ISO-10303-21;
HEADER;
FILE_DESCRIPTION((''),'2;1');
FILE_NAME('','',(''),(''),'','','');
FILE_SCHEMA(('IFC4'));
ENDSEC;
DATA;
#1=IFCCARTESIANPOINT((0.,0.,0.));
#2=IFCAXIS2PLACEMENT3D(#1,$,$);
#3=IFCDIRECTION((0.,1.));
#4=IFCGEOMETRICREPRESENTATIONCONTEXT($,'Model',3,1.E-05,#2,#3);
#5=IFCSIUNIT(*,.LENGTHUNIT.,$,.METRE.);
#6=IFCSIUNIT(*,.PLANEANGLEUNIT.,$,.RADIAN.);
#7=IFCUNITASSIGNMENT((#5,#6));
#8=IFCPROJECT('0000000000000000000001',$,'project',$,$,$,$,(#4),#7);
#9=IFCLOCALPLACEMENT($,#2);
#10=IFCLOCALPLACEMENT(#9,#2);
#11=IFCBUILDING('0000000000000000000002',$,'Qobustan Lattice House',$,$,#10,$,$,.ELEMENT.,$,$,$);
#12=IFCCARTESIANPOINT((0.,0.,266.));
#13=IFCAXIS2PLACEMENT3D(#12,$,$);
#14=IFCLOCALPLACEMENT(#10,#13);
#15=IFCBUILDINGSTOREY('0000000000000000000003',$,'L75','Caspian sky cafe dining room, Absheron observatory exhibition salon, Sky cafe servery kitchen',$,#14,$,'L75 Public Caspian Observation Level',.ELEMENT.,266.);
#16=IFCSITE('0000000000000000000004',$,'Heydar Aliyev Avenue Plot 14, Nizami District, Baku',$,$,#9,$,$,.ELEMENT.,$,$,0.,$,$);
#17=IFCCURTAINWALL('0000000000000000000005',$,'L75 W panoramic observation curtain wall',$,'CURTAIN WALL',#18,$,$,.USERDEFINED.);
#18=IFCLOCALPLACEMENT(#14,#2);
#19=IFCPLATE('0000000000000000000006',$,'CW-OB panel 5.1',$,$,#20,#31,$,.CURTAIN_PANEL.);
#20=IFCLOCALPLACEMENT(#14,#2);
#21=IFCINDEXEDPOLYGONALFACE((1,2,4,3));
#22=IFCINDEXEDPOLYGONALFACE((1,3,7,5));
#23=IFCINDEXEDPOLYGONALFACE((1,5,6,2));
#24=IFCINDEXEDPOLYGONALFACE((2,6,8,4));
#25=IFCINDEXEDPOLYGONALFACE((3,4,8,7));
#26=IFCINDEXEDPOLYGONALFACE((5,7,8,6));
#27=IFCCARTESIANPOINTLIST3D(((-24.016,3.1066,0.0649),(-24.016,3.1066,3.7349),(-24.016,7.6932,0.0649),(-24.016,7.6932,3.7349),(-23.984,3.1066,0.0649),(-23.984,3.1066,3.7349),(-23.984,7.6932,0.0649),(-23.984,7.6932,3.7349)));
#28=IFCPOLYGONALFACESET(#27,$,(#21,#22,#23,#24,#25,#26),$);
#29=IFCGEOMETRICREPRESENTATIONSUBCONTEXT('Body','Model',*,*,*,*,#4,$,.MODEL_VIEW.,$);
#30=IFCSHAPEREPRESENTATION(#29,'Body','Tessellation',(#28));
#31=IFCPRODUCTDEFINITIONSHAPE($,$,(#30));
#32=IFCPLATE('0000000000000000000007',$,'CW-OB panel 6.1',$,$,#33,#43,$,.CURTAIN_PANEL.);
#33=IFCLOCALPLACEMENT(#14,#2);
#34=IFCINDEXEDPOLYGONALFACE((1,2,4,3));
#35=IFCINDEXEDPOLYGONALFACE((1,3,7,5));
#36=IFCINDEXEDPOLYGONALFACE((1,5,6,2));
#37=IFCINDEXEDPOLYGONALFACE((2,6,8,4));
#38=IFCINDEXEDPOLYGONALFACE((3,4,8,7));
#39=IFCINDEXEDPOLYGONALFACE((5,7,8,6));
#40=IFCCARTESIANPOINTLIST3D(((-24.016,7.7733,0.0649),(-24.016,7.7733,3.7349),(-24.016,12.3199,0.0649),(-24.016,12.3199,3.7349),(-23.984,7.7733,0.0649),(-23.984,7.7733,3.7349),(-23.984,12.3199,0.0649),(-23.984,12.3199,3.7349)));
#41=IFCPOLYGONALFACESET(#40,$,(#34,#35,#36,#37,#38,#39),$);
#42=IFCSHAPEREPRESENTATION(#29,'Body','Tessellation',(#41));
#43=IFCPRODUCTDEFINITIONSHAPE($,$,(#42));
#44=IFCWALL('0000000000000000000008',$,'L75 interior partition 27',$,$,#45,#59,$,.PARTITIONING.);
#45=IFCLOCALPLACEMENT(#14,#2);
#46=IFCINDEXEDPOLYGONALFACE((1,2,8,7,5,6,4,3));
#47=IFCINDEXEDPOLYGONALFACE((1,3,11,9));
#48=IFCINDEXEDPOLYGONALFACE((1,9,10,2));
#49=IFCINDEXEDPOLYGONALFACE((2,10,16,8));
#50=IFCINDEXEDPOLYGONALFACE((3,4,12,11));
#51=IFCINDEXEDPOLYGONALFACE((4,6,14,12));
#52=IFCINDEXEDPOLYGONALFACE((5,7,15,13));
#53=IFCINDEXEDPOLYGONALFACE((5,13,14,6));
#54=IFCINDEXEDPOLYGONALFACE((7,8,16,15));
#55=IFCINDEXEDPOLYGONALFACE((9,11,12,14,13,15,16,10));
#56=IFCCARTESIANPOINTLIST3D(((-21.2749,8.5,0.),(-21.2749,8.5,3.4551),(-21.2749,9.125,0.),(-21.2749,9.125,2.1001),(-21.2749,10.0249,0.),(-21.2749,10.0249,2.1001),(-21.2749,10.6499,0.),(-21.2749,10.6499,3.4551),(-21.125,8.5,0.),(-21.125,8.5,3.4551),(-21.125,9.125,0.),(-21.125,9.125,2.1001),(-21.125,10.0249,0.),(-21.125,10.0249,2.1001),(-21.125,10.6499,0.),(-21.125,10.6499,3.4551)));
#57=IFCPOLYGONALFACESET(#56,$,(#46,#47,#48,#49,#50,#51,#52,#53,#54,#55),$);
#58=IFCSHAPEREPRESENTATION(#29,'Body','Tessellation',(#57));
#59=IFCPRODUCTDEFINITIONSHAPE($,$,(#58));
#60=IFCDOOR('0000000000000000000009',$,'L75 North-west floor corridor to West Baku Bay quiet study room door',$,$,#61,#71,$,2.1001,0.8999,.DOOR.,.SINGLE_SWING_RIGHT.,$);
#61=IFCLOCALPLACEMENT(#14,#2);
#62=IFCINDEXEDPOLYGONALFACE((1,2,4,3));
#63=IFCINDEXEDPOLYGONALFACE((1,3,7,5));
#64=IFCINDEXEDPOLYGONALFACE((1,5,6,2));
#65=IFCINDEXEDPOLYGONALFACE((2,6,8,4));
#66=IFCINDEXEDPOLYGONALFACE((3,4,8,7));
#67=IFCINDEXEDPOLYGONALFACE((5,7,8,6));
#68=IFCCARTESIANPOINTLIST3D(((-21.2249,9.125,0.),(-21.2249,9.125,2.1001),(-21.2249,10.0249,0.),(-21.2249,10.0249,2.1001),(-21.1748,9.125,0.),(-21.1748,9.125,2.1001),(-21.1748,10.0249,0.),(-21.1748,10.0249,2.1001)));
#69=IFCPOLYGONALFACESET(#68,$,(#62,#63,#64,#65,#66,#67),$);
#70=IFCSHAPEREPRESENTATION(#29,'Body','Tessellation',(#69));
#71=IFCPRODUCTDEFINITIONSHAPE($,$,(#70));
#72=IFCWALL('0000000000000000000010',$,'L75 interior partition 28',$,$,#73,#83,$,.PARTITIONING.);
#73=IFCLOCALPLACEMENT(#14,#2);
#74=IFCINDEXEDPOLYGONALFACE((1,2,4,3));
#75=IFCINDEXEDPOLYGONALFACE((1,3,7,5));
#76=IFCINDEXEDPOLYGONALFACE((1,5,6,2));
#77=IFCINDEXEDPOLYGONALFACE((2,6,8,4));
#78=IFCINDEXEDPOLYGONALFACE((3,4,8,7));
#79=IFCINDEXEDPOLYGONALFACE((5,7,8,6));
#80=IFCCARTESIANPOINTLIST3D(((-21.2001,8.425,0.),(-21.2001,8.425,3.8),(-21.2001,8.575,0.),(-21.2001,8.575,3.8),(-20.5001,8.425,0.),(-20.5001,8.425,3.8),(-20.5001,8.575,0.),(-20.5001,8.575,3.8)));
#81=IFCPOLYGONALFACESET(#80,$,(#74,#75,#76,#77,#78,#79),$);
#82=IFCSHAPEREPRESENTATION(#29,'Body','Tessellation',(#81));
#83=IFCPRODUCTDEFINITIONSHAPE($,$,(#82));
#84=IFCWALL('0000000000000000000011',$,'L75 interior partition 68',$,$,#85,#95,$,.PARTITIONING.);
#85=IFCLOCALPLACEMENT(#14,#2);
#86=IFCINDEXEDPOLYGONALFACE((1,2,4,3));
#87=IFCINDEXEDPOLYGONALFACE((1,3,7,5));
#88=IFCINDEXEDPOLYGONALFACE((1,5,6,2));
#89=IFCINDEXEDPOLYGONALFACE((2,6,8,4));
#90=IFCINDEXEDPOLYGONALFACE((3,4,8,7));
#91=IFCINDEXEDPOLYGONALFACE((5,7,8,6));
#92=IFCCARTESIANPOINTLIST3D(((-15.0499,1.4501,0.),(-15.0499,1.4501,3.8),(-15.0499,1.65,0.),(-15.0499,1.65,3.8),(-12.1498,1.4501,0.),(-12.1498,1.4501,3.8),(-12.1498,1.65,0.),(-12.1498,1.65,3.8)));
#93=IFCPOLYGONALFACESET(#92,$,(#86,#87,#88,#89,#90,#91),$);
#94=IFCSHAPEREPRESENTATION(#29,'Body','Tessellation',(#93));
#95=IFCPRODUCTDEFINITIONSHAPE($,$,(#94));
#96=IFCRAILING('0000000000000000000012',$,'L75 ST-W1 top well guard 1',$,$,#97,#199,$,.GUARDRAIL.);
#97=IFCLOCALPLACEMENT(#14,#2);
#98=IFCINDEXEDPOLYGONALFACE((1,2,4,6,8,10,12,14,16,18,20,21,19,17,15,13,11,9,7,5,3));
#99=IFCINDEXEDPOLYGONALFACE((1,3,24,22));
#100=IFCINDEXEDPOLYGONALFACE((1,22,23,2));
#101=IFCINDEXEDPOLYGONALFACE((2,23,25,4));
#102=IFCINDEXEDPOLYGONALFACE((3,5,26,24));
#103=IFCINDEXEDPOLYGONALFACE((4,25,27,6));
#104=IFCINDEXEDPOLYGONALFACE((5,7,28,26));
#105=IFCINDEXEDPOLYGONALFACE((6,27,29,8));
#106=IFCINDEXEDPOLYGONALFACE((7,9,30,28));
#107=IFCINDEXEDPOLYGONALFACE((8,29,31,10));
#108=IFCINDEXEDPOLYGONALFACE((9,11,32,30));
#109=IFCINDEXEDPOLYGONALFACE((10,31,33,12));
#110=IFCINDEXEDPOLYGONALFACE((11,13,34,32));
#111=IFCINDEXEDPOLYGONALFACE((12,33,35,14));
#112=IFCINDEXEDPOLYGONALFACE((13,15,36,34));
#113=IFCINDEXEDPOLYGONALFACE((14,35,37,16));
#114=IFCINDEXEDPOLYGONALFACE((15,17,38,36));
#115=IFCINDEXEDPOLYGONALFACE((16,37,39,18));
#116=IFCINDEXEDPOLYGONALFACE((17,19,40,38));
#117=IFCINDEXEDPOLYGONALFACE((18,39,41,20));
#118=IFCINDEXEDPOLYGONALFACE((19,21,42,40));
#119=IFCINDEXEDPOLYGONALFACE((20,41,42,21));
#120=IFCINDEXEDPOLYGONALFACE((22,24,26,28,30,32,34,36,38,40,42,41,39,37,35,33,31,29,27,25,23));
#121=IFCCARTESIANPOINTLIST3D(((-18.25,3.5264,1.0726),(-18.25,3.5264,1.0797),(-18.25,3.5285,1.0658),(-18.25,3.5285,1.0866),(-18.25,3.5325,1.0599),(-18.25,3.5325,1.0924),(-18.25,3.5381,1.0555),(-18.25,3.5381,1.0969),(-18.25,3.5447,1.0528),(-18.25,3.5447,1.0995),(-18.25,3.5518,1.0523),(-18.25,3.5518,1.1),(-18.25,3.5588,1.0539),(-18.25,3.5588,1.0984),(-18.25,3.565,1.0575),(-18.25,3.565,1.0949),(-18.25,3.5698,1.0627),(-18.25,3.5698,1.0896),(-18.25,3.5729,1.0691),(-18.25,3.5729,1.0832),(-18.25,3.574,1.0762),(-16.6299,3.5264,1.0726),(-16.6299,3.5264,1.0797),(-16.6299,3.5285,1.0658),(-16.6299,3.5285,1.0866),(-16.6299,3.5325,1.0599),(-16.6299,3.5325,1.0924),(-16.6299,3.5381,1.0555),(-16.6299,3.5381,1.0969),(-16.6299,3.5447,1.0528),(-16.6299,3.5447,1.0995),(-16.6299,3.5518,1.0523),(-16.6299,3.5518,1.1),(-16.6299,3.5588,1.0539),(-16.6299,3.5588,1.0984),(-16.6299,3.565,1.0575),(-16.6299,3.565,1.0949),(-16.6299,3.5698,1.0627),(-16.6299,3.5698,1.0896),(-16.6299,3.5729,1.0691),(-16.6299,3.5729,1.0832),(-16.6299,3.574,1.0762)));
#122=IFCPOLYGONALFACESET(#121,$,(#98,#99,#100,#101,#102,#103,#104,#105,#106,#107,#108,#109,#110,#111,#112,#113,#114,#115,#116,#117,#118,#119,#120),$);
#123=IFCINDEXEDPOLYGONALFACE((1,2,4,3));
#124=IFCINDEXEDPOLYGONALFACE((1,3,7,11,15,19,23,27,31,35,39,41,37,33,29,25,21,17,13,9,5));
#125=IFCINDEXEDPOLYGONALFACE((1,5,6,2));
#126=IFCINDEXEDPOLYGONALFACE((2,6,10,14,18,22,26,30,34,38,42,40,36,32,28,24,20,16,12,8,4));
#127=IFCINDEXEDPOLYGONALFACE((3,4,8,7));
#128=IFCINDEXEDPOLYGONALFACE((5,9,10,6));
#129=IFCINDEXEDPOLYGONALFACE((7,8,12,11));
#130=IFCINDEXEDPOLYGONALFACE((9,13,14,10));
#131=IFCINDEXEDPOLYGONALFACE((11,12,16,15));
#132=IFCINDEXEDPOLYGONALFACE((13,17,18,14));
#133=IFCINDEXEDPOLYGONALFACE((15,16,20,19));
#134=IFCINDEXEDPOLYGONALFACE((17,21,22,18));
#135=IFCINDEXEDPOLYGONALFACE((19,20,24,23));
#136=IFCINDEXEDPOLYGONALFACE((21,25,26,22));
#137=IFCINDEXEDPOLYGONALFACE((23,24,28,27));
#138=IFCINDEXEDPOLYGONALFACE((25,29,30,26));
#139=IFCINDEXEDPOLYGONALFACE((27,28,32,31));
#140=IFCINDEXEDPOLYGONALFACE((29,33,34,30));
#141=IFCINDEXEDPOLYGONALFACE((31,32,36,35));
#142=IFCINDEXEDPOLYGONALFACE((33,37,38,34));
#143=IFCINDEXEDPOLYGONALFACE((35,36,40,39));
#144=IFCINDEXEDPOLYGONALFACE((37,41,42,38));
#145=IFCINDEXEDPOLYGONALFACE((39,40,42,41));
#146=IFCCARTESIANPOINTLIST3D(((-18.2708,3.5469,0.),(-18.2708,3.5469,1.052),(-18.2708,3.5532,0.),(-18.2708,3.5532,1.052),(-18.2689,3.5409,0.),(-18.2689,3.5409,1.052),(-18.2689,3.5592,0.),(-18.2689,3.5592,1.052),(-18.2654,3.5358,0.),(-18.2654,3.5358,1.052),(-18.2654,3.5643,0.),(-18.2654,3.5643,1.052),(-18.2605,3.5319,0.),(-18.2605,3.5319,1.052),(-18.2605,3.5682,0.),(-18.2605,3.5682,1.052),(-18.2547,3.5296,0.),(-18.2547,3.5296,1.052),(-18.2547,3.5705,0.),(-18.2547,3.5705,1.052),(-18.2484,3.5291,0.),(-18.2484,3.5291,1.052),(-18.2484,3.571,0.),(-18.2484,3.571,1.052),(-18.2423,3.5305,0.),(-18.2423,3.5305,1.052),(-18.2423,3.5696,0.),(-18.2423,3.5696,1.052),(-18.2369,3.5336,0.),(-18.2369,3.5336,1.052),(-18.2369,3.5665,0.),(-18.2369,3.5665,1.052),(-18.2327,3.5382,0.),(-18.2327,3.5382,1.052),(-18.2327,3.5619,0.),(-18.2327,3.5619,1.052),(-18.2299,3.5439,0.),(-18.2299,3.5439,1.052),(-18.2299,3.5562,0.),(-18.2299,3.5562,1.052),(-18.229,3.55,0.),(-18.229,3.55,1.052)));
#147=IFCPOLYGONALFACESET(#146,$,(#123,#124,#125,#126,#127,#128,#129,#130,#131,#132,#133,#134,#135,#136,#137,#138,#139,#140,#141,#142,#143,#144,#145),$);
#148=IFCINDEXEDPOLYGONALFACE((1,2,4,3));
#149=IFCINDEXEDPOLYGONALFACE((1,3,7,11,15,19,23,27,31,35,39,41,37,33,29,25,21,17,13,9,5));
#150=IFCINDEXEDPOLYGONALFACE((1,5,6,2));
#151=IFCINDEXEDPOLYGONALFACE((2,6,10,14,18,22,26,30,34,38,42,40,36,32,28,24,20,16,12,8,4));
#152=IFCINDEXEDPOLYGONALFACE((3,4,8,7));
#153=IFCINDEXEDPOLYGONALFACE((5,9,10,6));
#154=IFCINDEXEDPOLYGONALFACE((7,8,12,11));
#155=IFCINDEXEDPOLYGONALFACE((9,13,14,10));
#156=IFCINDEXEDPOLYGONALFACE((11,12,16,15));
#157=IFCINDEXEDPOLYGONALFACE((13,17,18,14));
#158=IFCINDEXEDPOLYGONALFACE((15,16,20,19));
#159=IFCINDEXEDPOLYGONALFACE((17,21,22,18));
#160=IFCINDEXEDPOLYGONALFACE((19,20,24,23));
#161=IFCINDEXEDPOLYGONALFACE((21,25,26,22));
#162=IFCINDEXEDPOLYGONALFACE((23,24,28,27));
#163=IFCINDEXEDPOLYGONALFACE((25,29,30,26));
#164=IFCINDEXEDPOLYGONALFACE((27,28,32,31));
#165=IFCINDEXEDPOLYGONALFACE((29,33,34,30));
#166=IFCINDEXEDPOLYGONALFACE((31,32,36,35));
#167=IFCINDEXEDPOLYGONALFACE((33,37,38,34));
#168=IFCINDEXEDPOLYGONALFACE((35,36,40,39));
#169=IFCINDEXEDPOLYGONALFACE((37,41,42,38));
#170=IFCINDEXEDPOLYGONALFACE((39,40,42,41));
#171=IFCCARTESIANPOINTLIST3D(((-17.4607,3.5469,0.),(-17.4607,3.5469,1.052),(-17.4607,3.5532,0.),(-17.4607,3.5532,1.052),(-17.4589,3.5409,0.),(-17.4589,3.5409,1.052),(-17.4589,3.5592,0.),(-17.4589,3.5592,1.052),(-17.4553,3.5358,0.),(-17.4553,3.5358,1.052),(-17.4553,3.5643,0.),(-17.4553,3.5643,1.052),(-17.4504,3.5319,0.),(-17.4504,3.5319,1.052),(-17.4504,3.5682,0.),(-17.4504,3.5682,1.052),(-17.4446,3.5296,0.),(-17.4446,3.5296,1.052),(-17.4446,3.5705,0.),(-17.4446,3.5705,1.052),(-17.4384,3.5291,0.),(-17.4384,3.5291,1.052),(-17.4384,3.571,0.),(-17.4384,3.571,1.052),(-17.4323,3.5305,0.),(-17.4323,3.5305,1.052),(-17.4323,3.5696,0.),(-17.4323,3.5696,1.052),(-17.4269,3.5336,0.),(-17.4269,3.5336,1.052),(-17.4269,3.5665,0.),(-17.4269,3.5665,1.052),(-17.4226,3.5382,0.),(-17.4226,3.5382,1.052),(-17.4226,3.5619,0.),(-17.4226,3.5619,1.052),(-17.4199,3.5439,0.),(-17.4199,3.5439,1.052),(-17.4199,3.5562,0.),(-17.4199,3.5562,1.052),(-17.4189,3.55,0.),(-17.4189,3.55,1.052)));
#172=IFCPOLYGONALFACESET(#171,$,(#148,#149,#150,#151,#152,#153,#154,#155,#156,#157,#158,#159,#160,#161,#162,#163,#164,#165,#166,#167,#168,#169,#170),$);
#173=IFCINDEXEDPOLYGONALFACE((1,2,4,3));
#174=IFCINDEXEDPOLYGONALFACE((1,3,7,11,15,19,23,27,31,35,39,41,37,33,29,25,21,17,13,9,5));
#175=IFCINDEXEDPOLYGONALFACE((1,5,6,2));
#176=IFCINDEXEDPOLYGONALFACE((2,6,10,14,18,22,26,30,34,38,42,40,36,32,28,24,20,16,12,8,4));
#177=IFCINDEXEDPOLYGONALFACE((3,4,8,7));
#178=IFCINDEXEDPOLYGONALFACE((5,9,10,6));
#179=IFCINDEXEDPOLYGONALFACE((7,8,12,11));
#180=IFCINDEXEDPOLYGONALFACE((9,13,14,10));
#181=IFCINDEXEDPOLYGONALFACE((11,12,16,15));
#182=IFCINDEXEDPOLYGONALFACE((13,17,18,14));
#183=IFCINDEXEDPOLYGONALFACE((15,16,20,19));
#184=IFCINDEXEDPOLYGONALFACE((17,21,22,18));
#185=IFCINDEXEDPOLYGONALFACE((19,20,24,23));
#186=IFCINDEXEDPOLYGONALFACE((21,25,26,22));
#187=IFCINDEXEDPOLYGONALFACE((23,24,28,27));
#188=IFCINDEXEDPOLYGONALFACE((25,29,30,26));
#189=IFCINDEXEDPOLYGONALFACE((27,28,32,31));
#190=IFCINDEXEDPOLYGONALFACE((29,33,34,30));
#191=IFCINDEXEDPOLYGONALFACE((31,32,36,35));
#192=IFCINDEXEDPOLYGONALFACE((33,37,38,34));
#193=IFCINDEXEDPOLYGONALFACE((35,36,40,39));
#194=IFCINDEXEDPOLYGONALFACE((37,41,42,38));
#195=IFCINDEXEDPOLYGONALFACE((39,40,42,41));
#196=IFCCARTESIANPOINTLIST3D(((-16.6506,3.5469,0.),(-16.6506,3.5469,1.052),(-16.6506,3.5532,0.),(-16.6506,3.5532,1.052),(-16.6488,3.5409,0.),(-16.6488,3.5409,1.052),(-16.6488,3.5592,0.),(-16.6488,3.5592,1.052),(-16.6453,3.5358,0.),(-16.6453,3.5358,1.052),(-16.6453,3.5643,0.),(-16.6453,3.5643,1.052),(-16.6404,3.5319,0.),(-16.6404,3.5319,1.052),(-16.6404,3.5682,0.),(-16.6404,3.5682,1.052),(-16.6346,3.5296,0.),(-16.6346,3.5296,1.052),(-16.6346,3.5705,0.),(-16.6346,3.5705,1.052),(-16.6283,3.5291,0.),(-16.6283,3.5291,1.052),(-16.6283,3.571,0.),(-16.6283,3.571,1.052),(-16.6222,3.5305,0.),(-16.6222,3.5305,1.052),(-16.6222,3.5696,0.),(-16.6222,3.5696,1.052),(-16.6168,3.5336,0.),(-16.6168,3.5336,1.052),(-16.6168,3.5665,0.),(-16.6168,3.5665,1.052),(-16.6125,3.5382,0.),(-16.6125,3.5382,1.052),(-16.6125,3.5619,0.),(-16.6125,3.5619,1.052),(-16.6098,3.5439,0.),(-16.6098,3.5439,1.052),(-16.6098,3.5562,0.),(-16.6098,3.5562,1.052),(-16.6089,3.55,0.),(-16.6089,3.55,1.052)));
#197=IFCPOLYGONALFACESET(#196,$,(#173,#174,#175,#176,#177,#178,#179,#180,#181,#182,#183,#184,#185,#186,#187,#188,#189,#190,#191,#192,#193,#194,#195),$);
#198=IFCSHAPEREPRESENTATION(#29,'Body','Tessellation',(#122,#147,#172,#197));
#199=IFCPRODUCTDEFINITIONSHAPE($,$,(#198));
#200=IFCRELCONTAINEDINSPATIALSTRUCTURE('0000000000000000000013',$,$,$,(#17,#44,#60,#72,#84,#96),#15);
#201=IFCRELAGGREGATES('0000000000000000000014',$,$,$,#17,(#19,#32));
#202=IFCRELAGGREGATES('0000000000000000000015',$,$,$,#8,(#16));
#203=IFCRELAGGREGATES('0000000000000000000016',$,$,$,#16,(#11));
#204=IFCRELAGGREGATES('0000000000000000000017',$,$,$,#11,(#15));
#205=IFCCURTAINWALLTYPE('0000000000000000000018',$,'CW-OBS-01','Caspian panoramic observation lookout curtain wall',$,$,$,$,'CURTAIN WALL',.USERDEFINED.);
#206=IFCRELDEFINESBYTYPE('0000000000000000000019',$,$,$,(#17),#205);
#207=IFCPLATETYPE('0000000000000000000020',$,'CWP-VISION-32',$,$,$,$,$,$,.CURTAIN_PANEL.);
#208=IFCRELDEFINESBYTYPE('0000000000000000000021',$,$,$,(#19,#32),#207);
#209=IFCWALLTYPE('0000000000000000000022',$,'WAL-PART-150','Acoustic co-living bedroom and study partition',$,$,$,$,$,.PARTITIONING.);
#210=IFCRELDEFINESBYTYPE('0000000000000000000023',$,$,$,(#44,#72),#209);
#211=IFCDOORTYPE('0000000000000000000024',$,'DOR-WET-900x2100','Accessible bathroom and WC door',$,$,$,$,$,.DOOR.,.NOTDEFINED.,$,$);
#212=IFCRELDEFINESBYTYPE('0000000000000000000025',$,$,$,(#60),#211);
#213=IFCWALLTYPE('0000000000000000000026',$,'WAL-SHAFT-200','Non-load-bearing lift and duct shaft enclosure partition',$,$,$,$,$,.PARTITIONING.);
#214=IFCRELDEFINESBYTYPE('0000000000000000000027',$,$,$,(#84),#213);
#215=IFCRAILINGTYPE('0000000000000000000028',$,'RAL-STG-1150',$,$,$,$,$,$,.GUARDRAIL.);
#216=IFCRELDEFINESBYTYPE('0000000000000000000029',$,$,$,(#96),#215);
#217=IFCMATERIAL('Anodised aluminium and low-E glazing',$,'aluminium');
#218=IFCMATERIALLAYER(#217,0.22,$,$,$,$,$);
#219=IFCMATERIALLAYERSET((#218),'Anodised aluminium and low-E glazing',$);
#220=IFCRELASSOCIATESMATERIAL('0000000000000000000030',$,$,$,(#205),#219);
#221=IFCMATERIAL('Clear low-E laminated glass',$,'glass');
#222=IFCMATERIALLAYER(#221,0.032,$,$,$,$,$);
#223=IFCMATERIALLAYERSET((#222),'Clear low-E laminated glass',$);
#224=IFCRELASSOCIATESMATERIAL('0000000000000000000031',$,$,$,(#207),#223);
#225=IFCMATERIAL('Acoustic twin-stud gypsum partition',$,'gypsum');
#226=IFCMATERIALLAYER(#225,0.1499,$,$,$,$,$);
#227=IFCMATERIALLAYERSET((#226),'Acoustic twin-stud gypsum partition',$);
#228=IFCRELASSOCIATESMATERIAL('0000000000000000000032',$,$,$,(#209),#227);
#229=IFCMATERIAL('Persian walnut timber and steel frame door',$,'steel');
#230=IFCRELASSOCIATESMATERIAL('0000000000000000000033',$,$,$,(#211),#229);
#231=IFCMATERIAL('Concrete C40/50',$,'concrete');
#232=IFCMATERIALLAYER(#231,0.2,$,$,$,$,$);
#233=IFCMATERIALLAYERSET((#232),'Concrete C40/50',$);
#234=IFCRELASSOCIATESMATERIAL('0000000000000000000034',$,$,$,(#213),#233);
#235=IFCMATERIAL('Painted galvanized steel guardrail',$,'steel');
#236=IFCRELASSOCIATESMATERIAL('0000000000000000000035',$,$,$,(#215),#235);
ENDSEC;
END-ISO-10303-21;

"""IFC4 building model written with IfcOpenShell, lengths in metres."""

from ifc_helpers import new_model, si_unit, direction, frame, frame_2d, origin, origin_2d, place, context, subcontext, project, spatial, rectangle, circle, extrude, material, layer, layer_set, type_object, element, fill, aggregate, save


model = new_model("IFC4")

# Units and contexts
model_context = context("Model", 3, precision=1e-05, world=origin(), true_north=direction((0.0, 1.0)))
body_context = subcontext(model_context, "Body", "Model", "MODEL_VIEW")
ifc_project = project(units=[si_unit("LENGTHUNIT", "METRE"), si_unit("PLANEANGLEUNIT", "RADIAN")], contexts=[model_context])

# Site, building, storey
site_placement = place(None, origin())
site = spatial("IfcSite", under=ifc_project, at=site_placement, Name="Heydar Aliyev Avenue Plot 14, Nizami District, Baku", CompositionType="ELEMENT", RefElevation=0.0)
building_placement = place(site_placement, origin())
building = spatial("IfcBuilding", under=site, at=building_placement, Name="Qobustan Lattice House", CompositionType="ELEMENT")
storey_placement = place(building_placement, frame((0.0, 0.0, 266.0)))
storey = spatial("IfcBuildingStorey", under=building, at=storey_placement, Name="L75", Description="Caspian sky cafe dining room, Absheron observatory exhibition salon, Sky cafe servery kitchen", LongName="L75 Public Caspian Observation Level", CompositionType="ELEMENT", Elevation=266.0)

# Curtain wall, plates
ifc_material_1 = material(Name="Anodised aluminium and low-E glazing", Category="aluminium")
ifc_layer_1 = layer(ifc_material_1, 0.22)
ifc_layer_set_1 = layer_set([ifc_layer_1], Name="Anodised aluminium and low-E glazing")
curtain_wall_type = type_object("IfcCurtainWallType", Name="CW-OBS-01", Description="Caspian panoramic observation lookout curtain wall", ElementType="CURTAIN WALL", PredefinedType="USERDEFINED", material=ifc_layer_set_1)
curtain_wall_placement = place(storey_placement, origin())
curtain_wall = element("IfcCurtainWall", 1, at=curtain_wall_placement, inside=storey, type_object=curtain_wall_type, Name="L75 W panoramic observation curtain wall", ObjectType="CURTAIN WALL", PredefinedType="USERDEFINED")
ifc_material_2 = material(Name="Clear low-E laminated glass", Category="glass")
ifc_layer_2 = layer(ifc_material_2, 0.032)
ifc_layer_set_2 = layer_set([ifc_layer_2], Name="Clear low-E laminated glass")
plate_type = type_object("IfcPlateType", Name="CWP-VISION-32", PredefinedType="CURTAIN_PANEL", material=ifc_layer_set_2)
plate_1_placement = place(storey_placement, frame((-24.0, 5.3999, 0.0649), z_axis=(0.0, 0.0, 1.0), x_axis=(0.0, 1.0, 0.0)))
plate_1 = element("IfcPlate", 2, at=plate_1_placement, type_object=plate_type, Name="CW-OB panel 5.1", PredefinedType="CURTAIN_PANEL", context=body_context, shape_type="SweptSolid", body=[
    extrude(rectangle(XDim=4.5867, YDim=0.032, at=origin_2d()), origin(), (0.0, 0.0, 1.0), 3.6699),
])
plate_2_placement = place(storey_placement, frame((-24.0, 10.0466, 0.0649), z_axis=(0.0, 0.0, 1.0), x_axis=(0.0, 1.0, 0.0)))
plate_2 = element("IfcPlate", 3, at=plate_2_placement, type_object=plate_type, Name="CW-OB panel 6.1", PredefinedType="CURTAIN_PANEL", context=body_context, shape_type="SweptSolid", body=[
    extrude(rectangle(XDim=4.5466, YDim=0.032, at=origin_2d()), origin(), (0.0, 0.0, 1.0), 3.6699),
])
aggregate(curtain_wall, [plate_1, plate_2])

# Wall, opening, door
ifc_material_3 = material(Name="Acoustic twin-stud gypsum partition", Category="gypsum")
ifc_layer_3 = layer(ifc_material_3, 0.1499)
ifc_layer_set_3 = layer_set([ifc_layer_3], Name="Acoustic twin-stud gypsum partition")
wall_type_1 = type_object("IfcWallType", Name="WAL-PART-150", Description="Acoustic co-living bedroom and study partition", PredefinedType="PARTITIONING", material=ifc_layer_set_3)
wall_1_placement = place(storey_placement, frame((-21.2, 8.5, 0.0), z_axis=(0.0, 0.0, 1.0), x_axis=(0.0, 1.0, 0.0)))
wall_1 = element("IfcWall", 4, at=wall_1_placement, inside=storey, type_object=wall_type_1, Name="L75 interior partition 27", PredefinedType="PARTITIONING", context=body_context, shape_type="SweptSolid", body=[
    extrude(rectangle(XDim=2.1499, YDim=0.1499, at=frame_2d((1.075, 0.0))), origin(), (0.0, 0.0, 1.0), 3.4551),
])
opening_1_placement = place(wall_1_placement, frame((0.625, 0.0, 0.0)))
opening_1 = element("IfcOpeningElement", 5, at=opening_1_placement, cuts=wall_1, PredefinedType="OPENING", context=body_context, shape_type="SweptSolid", body=[
    extrude(rectangle(XDim=0.8999, YDim=2.1001, at=frame_2d((0.45, 1.05))), frame((0.0, 0.085, 0.0), z_axis=(0.0, -1.0, 0.0), x_axis=(1.0, 0.0, 0.0)), (0.0, 0.0, 1.0), 0.1699),
])
ifc_material_4 = material(Name="Persian walnut timber and steel frame door", Category="steel")
door_type_1 = type_object("IfcDoorType", Name="DOR-WET-900x2100", Description="Accessible bathroom and WC door", OperationType="NOTDEFINED", PredefinedType="DOOR", material=ifc_material_4)
door_1_placement = place(opening_1_placement, origin())
door_1 = element("IfcDoor", 6, at=door_1_placement, inside=storey, type_object=door_type_1, Name="L75 North-west floor corridor to West Baku Bay quiet study room door", OperationType="SINGLE_SWING_RIGHT", OverallHeight=2.1001, OverallWidth=0.8999, PredefinedType="DOOR", context=body_context, shape_type="SweptSolid", body=[
    extrude(rectangle(XDim=0.8999, YDim=2.1001, at=frame_2d((0.45, 1.05))), frame((0.0, 0.0249, 0.0), z_axis=(0.0, -1.0, 0.0), x_axis=(1.0, 0.0, 0.0)), (0.0, 0.0, 1.0), 0.05),
])
fill(opening_1, door_1)

# Walls
wall_2_placement = place(storey_placement, frame((-20.5, 8.5, 0.0), z_axis=(0.0, 0.0, 1.0), x_axis=(-1.0, 0.0, 0.0)))
element("IfcWall", 7, at=wall_2_placement, inside=storey, type_object=wall_type_1, Name="L75 interior partition 28", PredefinedType="PARTITIONING", context=body_context, shape_type="SweptSolid", body=[
    extrude(rectangle(XDim=0.7, YDim=0.1499, at=frame_2d((0.3501, 0.0))), origin(), (0.0, 0.0, 1.0), 3.8),
])
ifc_material_5 = material(Name="Concrete C40/50", Category="concrete")
ifc_layer_4 = layer(ifc_material_5, 0.2)
ifc_layer_set_4 = layer_set([ifc_layer_4], Name="Concrete C40/50")
wall_type_2 = type_object("IfcWallType", Name="WAL-SHAFT-200", Description="Non-load-bearing lift and duct shaft enclosure partition", PredefinedType="PARTITIONING", material=ifc_layer_set_4)
wall_3_placement = place(storey_placement, frame((-15.05, 1.55, 0.0), z_axis=(0.0, 0.0, 1.0), x_axis=(1.0, 0.0, 0.0)))
element("IfcWall", 8, at=wall_3_placement, inside=storey, type_object=wall_type_2, Name="L75 interior partition 68", PredefinedType="PARTITIONING", context=body_context, shape_type="SweptSolid", body=[
    extrude(rectangle(XDim=2.9001, YDim=0.2, at=frame_2d((1.4502, 0.0))), origin(), (0.0, 0.0, 1.0), 3.8),
])

# Railing
ifc_material_6 = material(Name="Painted galvanized steel guardrail", Category="steel")
railing_type = type_object("IfcRailingType", Name="RAL-STG-1150", PredefinedType="GUARDRAIL", material=ifc_material_6)
railing_placement = place(storey_placement, frame((-18.25, 3.55, 0.0)))
element("IfcRailing", 9, at=railing_placement, inside=storey, type_object=railing_type, Name="L75 ST-W1 top well guard 1", PredefinedType="GUARDRAIL", context=body_context, shape_type="SweptSolid", body=[
    extrude(circle(Radius=0.0239, at=origin_2d()), frame((0.0, 0.0, 1.0762), z_axis=(1.0, 0.0, 0.0), x_axis=(0.0, 1.0, 0.0)), (0.0, 0.0, 1.0), 1.6201),
    extrude(circle(Radius=0.021, at=origin_2d()), origin(), (0.0, 0.0, 1.0), 1.052),
    extrude(circle(Radius=0.021, at=origin_2d()), frame((0.8101, 0.0, 0.0)), (0.0, 0.0, 1.0), 1.052),
    extrude(circle(Radius=0.021, at=origin_2d()), frame((1.6201, 0.0, 0.0)), (0.0, 0.0, 1.0), 1.052),
])

save(model, "model.ifc")
